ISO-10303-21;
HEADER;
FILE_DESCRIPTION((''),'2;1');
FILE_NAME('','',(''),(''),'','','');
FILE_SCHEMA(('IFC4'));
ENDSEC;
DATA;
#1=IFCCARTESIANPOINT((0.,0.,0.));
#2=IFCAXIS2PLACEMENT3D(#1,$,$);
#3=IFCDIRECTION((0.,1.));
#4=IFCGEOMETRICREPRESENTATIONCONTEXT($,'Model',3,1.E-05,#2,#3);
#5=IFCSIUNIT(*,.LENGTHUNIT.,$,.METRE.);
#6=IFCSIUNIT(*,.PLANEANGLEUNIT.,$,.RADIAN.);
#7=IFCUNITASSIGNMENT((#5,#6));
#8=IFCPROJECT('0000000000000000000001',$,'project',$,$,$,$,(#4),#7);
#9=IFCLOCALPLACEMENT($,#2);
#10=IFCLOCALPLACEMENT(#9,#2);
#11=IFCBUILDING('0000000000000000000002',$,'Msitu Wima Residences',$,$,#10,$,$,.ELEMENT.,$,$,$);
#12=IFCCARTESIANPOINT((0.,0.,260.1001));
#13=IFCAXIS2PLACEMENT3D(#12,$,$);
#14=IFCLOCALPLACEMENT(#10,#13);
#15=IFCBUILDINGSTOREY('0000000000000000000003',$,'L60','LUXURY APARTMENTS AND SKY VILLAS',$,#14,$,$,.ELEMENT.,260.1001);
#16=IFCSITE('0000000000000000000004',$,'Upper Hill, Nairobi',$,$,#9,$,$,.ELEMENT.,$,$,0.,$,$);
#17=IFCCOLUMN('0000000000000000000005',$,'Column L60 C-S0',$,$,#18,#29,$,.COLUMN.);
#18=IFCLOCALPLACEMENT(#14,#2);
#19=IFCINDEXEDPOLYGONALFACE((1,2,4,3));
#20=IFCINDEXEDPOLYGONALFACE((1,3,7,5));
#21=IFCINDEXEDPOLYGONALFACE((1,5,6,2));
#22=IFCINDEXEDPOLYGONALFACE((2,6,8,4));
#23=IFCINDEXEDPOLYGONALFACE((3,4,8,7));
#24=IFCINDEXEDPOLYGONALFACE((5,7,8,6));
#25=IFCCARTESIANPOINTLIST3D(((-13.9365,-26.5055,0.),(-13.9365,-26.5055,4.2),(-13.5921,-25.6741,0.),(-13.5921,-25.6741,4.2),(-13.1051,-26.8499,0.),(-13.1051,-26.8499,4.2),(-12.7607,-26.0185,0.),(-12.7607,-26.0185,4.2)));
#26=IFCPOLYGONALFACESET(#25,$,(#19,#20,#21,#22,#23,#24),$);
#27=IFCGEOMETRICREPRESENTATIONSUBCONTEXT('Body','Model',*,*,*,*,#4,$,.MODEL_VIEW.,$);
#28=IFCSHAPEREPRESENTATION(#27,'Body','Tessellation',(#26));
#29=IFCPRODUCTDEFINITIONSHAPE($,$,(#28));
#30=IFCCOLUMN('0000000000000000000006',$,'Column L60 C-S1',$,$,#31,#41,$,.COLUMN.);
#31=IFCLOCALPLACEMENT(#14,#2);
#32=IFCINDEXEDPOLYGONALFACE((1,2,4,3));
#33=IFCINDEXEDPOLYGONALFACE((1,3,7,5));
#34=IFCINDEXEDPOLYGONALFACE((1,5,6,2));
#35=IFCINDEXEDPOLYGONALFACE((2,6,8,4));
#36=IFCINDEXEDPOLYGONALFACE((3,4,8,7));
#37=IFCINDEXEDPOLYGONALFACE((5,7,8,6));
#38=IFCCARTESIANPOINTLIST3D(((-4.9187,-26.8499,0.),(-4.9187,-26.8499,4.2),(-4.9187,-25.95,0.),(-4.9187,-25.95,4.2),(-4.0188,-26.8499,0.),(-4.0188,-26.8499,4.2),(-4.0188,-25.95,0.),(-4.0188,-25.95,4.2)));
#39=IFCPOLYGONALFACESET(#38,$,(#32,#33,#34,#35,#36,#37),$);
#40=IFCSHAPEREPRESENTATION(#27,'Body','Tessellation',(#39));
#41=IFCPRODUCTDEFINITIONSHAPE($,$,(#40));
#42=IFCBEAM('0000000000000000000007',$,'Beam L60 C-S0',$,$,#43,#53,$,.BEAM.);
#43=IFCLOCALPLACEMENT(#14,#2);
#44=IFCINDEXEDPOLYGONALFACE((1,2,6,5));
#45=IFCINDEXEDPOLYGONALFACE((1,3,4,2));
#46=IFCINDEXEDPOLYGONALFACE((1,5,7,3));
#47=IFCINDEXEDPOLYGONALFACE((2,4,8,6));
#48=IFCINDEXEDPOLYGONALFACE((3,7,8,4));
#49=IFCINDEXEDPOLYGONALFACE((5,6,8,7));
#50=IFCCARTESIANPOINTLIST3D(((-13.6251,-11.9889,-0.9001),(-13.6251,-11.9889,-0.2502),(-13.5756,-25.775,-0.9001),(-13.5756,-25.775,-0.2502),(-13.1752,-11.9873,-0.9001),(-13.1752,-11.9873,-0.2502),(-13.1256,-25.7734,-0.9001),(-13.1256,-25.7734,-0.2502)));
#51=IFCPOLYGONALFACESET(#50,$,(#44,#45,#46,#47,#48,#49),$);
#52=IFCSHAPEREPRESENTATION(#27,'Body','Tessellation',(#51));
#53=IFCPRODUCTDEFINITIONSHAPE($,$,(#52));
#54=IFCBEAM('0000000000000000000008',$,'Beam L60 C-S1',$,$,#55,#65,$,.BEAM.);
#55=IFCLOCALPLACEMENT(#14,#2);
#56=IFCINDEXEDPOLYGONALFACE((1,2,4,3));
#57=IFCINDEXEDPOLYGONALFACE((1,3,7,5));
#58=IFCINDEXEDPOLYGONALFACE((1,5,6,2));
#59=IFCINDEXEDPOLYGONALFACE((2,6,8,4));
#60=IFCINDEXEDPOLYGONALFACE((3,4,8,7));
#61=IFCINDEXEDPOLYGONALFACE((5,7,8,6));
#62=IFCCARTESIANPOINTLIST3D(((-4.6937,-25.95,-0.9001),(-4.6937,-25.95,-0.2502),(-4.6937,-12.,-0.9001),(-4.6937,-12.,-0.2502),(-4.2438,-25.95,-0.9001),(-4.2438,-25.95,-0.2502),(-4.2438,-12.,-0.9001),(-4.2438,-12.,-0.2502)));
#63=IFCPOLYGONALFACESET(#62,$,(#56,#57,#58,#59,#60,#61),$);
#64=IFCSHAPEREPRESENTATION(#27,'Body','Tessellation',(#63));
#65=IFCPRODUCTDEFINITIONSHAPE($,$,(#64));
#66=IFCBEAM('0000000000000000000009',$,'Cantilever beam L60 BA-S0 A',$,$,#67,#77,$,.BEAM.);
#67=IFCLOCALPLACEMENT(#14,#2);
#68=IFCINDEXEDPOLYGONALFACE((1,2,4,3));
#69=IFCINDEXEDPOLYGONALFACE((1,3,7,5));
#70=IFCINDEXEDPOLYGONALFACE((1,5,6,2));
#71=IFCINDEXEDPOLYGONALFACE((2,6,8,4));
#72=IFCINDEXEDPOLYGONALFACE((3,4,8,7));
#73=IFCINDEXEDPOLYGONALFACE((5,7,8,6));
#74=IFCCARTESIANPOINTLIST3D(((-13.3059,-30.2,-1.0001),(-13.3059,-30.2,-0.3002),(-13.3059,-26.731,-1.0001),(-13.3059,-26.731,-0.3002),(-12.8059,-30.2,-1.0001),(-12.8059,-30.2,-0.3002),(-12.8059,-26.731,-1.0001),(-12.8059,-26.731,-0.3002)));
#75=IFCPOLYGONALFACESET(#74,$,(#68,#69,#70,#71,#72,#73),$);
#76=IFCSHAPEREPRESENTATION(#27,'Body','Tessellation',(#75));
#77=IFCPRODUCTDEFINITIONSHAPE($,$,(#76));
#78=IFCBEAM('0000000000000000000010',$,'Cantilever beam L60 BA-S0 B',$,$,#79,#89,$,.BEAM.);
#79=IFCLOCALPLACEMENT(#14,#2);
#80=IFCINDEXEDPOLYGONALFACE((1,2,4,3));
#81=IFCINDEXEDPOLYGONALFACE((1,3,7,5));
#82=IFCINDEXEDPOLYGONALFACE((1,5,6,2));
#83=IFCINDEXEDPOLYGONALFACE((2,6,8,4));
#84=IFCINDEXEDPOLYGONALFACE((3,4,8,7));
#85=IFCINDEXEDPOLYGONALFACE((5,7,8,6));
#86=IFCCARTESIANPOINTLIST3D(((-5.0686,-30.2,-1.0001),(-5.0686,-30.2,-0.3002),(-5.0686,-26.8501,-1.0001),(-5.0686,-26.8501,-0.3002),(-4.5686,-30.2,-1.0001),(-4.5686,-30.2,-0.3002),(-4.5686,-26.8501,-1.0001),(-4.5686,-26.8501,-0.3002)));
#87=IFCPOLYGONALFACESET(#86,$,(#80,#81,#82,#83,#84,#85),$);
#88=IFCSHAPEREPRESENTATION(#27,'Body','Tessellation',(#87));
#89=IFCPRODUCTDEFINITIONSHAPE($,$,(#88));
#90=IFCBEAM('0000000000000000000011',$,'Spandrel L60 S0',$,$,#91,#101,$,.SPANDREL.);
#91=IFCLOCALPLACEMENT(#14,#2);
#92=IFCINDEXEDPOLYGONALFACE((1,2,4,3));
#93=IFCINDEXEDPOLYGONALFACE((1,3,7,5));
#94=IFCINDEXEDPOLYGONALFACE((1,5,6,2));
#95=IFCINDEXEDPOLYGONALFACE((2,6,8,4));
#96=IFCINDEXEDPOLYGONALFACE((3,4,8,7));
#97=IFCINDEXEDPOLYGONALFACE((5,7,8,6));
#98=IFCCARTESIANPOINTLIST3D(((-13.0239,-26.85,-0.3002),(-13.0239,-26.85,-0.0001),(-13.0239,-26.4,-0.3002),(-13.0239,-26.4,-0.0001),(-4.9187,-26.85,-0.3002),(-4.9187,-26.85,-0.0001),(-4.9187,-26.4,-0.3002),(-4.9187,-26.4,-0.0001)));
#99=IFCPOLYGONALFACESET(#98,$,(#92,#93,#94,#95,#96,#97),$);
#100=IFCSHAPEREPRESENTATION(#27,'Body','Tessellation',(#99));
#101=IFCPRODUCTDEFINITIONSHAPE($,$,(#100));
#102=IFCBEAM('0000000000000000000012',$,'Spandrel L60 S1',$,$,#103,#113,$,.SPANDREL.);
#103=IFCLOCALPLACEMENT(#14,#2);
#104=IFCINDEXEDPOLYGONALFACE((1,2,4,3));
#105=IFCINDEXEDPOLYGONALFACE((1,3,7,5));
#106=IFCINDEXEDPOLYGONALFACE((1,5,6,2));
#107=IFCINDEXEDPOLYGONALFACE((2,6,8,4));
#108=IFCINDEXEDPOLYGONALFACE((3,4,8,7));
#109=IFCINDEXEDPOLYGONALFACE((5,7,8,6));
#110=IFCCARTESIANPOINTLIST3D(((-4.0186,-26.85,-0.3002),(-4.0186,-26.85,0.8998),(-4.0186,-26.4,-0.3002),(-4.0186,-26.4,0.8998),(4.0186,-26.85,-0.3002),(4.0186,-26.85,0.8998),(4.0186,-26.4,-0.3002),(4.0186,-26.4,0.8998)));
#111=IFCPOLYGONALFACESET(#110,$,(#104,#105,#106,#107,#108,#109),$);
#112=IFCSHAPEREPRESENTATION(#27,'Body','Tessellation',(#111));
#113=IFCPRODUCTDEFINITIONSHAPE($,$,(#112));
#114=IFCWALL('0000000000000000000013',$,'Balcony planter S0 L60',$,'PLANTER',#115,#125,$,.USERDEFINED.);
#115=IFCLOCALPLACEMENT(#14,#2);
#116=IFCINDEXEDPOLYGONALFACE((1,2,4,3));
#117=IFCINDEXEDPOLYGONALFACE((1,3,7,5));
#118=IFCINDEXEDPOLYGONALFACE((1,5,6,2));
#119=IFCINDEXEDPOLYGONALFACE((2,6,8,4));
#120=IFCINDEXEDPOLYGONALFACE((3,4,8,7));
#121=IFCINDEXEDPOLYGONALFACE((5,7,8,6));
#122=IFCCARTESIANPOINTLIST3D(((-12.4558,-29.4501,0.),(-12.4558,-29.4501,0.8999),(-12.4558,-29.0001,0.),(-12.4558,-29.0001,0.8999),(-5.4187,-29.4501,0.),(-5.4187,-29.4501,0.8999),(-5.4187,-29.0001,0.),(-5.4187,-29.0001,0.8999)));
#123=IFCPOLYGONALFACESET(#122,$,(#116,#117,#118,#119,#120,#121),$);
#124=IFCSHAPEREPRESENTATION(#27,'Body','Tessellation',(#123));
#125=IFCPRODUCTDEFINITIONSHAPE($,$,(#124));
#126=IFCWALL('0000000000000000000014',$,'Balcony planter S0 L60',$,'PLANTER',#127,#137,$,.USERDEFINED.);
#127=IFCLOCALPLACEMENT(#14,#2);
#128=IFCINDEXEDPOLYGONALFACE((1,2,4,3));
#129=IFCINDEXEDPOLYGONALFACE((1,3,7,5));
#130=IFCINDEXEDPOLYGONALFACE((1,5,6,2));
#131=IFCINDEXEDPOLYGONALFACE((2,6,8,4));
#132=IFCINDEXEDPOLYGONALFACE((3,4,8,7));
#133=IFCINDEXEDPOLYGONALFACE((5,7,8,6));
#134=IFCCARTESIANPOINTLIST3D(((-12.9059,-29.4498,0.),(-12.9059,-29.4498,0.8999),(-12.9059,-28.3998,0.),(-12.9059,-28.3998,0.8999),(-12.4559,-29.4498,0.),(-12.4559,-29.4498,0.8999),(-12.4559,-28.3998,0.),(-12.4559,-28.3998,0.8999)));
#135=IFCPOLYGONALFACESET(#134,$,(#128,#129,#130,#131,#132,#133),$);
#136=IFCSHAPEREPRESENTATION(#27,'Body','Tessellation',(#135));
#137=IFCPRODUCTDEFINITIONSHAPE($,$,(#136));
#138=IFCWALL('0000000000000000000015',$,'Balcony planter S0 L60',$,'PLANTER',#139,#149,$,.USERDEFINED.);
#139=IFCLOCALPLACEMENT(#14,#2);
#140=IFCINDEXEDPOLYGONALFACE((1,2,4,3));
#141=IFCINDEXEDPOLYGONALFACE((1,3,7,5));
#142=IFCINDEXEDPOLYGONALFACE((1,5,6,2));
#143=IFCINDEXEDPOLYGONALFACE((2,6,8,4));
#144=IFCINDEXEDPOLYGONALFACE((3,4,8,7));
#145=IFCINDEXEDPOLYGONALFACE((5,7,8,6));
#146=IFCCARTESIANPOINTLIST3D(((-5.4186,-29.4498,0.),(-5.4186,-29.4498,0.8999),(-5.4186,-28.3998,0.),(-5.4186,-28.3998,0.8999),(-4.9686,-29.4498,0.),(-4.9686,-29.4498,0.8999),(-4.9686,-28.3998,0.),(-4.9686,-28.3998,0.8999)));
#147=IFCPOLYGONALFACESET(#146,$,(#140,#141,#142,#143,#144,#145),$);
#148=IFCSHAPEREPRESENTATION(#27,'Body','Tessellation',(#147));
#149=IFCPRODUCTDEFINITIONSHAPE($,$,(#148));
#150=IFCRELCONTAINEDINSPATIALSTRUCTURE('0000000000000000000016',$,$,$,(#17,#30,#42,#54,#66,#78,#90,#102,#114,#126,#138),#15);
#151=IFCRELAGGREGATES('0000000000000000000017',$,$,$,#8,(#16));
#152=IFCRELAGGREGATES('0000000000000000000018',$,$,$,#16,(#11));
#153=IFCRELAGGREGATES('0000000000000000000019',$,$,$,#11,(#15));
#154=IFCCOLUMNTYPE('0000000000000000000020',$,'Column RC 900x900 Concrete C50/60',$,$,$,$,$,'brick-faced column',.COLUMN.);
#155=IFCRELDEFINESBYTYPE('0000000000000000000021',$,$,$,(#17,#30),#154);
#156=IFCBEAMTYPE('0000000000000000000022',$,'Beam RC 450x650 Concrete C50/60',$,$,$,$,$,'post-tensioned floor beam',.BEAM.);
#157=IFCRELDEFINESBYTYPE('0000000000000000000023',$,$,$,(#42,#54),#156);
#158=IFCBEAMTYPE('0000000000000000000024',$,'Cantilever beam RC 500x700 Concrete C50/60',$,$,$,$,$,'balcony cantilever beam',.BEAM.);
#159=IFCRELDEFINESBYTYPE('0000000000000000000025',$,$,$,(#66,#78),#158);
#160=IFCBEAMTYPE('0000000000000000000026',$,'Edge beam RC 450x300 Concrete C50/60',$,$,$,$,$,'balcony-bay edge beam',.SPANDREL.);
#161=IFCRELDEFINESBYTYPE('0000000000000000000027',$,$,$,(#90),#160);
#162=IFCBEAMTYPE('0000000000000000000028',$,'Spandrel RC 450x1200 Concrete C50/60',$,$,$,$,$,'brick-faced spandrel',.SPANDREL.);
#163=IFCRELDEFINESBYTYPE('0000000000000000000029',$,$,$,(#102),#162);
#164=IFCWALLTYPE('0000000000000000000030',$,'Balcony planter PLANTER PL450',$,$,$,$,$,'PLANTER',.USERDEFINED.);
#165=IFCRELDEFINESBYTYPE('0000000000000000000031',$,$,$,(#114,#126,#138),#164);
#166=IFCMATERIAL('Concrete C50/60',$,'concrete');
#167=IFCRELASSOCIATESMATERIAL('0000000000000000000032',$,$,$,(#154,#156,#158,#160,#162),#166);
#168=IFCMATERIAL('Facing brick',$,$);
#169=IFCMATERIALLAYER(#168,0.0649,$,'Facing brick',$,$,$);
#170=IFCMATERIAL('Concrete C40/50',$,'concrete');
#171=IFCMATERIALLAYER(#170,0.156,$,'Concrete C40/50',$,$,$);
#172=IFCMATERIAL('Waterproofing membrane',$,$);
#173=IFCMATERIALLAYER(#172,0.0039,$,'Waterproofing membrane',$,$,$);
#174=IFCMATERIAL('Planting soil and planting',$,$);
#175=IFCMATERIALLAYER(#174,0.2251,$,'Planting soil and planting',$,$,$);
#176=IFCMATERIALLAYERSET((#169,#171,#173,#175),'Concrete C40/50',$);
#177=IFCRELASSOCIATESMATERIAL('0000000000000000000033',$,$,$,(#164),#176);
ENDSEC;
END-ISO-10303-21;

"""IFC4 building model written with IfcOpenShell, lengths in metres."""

from ifc_helpers import new_model, si_unit, direction, frame, frame_2d, origin, origin_2d, place, context, subcontext, project, spatial, rectangle, extrude, material, layer, layer_set, material_profile, profile_set, type_object, element, save


model = new_model("IFC4")

# Units and contexts
model_context = context("Model", 3, precision=1e-05, world=origin(), true_north=direction((0.0, 1.0)))
body_context = subcontext(model_context, "Body", "Model", "MODEL_VIEW")
ifc_project = project(units=[si_unit("LENGTHUNIT", "METRE"), si_unit("PLANEANGLEUNIT", "RADIAN")], contexts=[model_context])

# Site, building, storey
site_placement = place(None, origin())
site = spatial("IfcSite", under=ifc_project, at=site_placement, Name="Upper Hill, Nairobi", CompositionType="ELEMENT", RefElevation=0.0)
building_placement = place(site_placement, origin())
building = spatial("IfcBuilding", under=site, at=building_placement, Name="Msitu Wima Residences", CompositionType="ELEMENT")
storey_placement = place(building_placement, frame((0.0, 0.0, 260.1001)))
storey = spatial("IfcBuildingStorey", under=building, at=storey_placement, Name="L60", Description="LUXURY APARTMENTS AND SKY VILLAS", CompositionType="ELEMENT", Elevation=260.1001)

# Columns
ifc_material_1 = material(Name="Concrete C50/60", Category="concrete")
ifc_material_profile_1 = material_profile(ifc_material_1, rectangle(XDim=0.8999, YDim=0.8999, at=origin_2d()), Name="RC 900x900")
ifc_profile_set_1 = profile_set([ifc_material_profile_1], Name="Concrete C50/60")
column_type = type_object("IfcColumnType", Name="Column RC 900x900 Concrete C50/60", ElementType="brick-faced column", PredefinedType="COLUMN", material=ifc_profile_set_1)
for number, where, z_axis, x_axis, name in (
    (1, (-13.3486, -26.262, 0.0), (0.0, 0.0, 1.0), (0.92388, -0.382683, 0.0), "Column L60 C-S0"),
    (2, (-4.4688, -26.3999, 0.0), (0.0, 0.0, 1.0), (1.0, 0.0, 0.0), "Column L60 C-S1"),
):
    element("IfcColumn", number, at=place(storey_placement, frame(where, z_axis=z_axis, x_axis=x_axis)), inside=storey, type_object=column_type, Name=name, PredefinedType="COLUMN", context=body_context, shape_type="SweptSolid", body=[
        extrude(rectangle(XDim=0.8999, YDim=0.8999, at=origin_2d()), origin(), (0.0, 0.0, 1.0), 4.2),
    ])

# Beams
ifc_material_profile_2 = material_profile(ifc_material_1, rectangle(XDim=0.45, YDim=0.6499, at=origin_2d()), Name="RC 450x650")
ifc_profile_set_2 = profile_set([ifc_material_profile_2], Name="Concrete C50/60")
beam_type_1 = type_object("IfcBeamType", Name="Beam RC 450x650 Concrete C50/60", ElementType="post-tensioned floor beam", PredefinedType="BEAM", material=ifc_profile_set_2)
beam_1_placement = place(storey_placement, frame((-13.3506, -25.7742, -0.5752), z_axis=(-0.003595, 0.999994, 0.0), x_axis=(-0.999994, -0.003595, 0.0)))
element("IfcBeam", 3, at=beam_1_placement, inside=storey, type_object=beam_type_1, Name="Beam L60 C-S0", PredefinedType="BEAM", context=body_context, shape_type="SweptSolid", body=[
    extrude(rectangle(XDim=0.45, YDim=0.6499, at=origin_2d()), origin(), (0.0, 0.0, 1.0), 13.7861),
])
beam_2_placement = place(storey_placement, frame((-4.4688, -25.95, -0.5752), z_axis=(0.0, 1.0, 0.0), x_axis=(-1.0, 0.0, 0.0)))
element("IfcBeam", 4, at=beam_2_placement, inside=storey, type_object=beam_type_1, Name="Beam L60 C-S1", PredefinedType="BEAM", context=body_context, shape_type="SweptSolid", body=[
    extrude(rectangle(XDim=0.45, YDim=0.6499, at=origin_2d()), origin(), (0.0, 0.0, 1.0), 13.95),
])
ifc_material_profile_3 = material_profile(ifc_material_1, rectangle(XDim=0.5, YDim=0.7, at=origin_2d()), Name="RC 500x700")
ifc_profile_set_3 = profile_set([ifc_material_profile_3], Name="Concrete C50/60")
beam_type_2 = type_object("IfcBeamType", Name="Cantilever beam RC 500x700 Concrete C50/60", ElementType="balcony cantilever beam", PredefinedType="BEAM", material=ifc_profile_set_3)
beam_3_placement = place(storey_placement, frame((-13.0559, -26.731, -0.6501), z_axis=(0.0, -1.0, 0.0), x_axis=(1.0, 0.0, 0.0)))
element("IfcBeam", 5, at=beam_3_placement, inside=storey, type_object=beam_type_2, Name="Cantilever beam L60 BA-S0 A", PredefinedType="BEAM", context=body_context, shape_type="SweptSolid", body=[
    extrude(rectangle(XDim=0.5, YDim=0.7, at=origin_2d()), origin(), (0.0, 0.0, 1.0), 3.469),
])
beam_4_placement = place(storey_placement, frame((-4.8186, -26.8501, -0.6501), z_axis=(0.0, -1.0, 0.0), x_axis=(1.0, 0.0, 0.0)))
element("IfcBeam", 6, at=beam_4_placement, inside=storey, type_object=beam_type_2, Name="Cantilever beam L60 BA-S0 B", PredefinedType="BEAM", context=body_context, shape_type="SweptSolid", body=[
    extrude(rectangle(XDim=0.5, YDim=0.7, at=origin_2d()), origin(), (0.0, 0.0, 1.0), 3.3499),
])
ifc_material_profile_4 = material_profile(ifc_material_1, rectangle(XDim=0.45, YDim=0.3, at=origin_2d()), Name="RC 450x300")
ifc_profile_set_4 = profile_set([ifc_material_profile_4], Name="Concrete C50/60")
beam_type_3 = type_object("IfcBeamType", Name="Edge beam RC 450x300 Concrete C50/60", ElementType="balcony-bay edge beam", PredefinedType="SPANDREL", material=ifc_profile_set_4)
beam_5_placement = place(storey_placement, frame((-13.0239, -26.625, -0.1501), z_axis=(1.0, 0.0, 0.0), x_axis=(0.0, 1.0, 0.0)))
element("IfcBeam", 7, at=beam_5_placement, inside=storey, type_object=beam_type_3, Name="Spandrel L60 S0", PredefinedType="SPANDREL", context=body_context, shape_type="SweptSolid", body=[
    extrude(rectangle(XDim=0.45, YDim=0.3, at=origin_2d()), origin(), (0.0, 0.0, 1.0), 8.1052),
])
ifc_material_profile_5 = material_profile(ifc_material_1, rectangle(XDim=0.45, YDim=1.2, at=origin_2d()), Name="RC 450x1200")
ifc_profile_set_5 = profile_set([ifc_material_profile_5], Name="Concrete C50/60")
beam_type_4 = type_object("IfcBeamType", Name="Spandrel RC 450x1200 Concrete C50/60", ElementType="brick-faced spandrel", PredefinedType="SPANDREL", material=ifc_profile_set_5)
beam_6_placement = place(storey_placement, frame((-4.0186, -26.625, 0.2998), z_axis=(1.0, 0.0, 0.0), x_axis=(0.0, 1.0, 0.0)))
element("IfcBeam", 8, at=beam_6_placement, inside=storey, type_object=beam_type_4, Name="Spandrel L60 S1", PredefinedType="SPANDREL", context=body_context, shape_type="SweptSolid", body=[
    extrude(rectangle(XDim=0.45, YDim=1.2, at=origin_2d()), origin(), (0.0, 0.0, 1.0), 8.0371),
])

# Walls
ifc_material_2 = material(Name="Facing brick")
ifc_layer_1 = layer(ifc_material_2, 0.0649, Name="Facing brick")
ifc_material_3 = material(Name="Concrete C40/50", Category="concrete")
ifc_layer_2 = layer(ifc_material_3, 0.156, Name="Concrete C40/50")
ifc_material_4 = material(Name="Waterproofing membrane")
ifc_layer_3 = layer(ifc_material_4, 0.0039, Name="Waterproofing membrane")
ifc_material_5 = material(Name="Planting soil and planting")
ifc_layer_4 = layer(ifc_material_5, 0.2251, Name="Planting soil and planting")
ifc_layer_set_1 = layer_set([ifc_layer_1, ifc_layer_2, ifc_layer_3, ifc_layer_4], Name="Concrete C40/50")
wall_type_1 = type_object("IfcWallType", Name="Balcony planter PLANTER PL450", ElementType="PLANTER", PredefinedType="USERDEFINED", material=ifc_layer_set_1)
wall_1_placement = place(storey_placement, frame((-12.4558, -29.2251, 0.0), z_axis=(0.0, 0.0, 1.0), x_axis=(1.0, 0.0, 0.0)))
element("IfcWall", 9, at=wall_1_placement, inside=storey, type_object=wall_type_1, Name="Balcony planter S0 L60", ObjectType="PLANTER", PredefinedType="USERDEFINED", context=body_context, shape_type="SweptSolid", body=[
    extrude(rectangle(XDim=7.0371, YDim=0.45, at=frame_2d((3.5186, 0.0))), origin(), (0.0, 0.0, 1.0), 0.8999),
])
for number, where, z_axis, x_axis, name in (
    (10, (-12.6809, -28.3999, 0.0), (0.0, 0.0, 1.0), (0.0, -1.0, 0.0), "Balcony planter S0 L60"),
    (11, (-5.1936, -28.3999, 0.0), (0.0, 0.0, 1.0), (0.0, -1.0, 0.0), "Balcony planter S0 L60"),
):
    element("IfcWall", number, at=place(storey_placement, frame(where, z_axis=z_axis, x_axis=x_axis)), inside=storey, type_object=wall_type_1, Name=name, ObjectType="PLANTER", PredefinedType="USERDEFINED", context=body_context, shape_type="SweptSolid", body=[
        extrude(rectangle(XDim=1.05, YDim=0.45, at=frame_2d((0.5249, 0.0))), origin(), (0.0, 0.0, 1.0), 0.8999),
    ])

save(model, "model.ifc")
